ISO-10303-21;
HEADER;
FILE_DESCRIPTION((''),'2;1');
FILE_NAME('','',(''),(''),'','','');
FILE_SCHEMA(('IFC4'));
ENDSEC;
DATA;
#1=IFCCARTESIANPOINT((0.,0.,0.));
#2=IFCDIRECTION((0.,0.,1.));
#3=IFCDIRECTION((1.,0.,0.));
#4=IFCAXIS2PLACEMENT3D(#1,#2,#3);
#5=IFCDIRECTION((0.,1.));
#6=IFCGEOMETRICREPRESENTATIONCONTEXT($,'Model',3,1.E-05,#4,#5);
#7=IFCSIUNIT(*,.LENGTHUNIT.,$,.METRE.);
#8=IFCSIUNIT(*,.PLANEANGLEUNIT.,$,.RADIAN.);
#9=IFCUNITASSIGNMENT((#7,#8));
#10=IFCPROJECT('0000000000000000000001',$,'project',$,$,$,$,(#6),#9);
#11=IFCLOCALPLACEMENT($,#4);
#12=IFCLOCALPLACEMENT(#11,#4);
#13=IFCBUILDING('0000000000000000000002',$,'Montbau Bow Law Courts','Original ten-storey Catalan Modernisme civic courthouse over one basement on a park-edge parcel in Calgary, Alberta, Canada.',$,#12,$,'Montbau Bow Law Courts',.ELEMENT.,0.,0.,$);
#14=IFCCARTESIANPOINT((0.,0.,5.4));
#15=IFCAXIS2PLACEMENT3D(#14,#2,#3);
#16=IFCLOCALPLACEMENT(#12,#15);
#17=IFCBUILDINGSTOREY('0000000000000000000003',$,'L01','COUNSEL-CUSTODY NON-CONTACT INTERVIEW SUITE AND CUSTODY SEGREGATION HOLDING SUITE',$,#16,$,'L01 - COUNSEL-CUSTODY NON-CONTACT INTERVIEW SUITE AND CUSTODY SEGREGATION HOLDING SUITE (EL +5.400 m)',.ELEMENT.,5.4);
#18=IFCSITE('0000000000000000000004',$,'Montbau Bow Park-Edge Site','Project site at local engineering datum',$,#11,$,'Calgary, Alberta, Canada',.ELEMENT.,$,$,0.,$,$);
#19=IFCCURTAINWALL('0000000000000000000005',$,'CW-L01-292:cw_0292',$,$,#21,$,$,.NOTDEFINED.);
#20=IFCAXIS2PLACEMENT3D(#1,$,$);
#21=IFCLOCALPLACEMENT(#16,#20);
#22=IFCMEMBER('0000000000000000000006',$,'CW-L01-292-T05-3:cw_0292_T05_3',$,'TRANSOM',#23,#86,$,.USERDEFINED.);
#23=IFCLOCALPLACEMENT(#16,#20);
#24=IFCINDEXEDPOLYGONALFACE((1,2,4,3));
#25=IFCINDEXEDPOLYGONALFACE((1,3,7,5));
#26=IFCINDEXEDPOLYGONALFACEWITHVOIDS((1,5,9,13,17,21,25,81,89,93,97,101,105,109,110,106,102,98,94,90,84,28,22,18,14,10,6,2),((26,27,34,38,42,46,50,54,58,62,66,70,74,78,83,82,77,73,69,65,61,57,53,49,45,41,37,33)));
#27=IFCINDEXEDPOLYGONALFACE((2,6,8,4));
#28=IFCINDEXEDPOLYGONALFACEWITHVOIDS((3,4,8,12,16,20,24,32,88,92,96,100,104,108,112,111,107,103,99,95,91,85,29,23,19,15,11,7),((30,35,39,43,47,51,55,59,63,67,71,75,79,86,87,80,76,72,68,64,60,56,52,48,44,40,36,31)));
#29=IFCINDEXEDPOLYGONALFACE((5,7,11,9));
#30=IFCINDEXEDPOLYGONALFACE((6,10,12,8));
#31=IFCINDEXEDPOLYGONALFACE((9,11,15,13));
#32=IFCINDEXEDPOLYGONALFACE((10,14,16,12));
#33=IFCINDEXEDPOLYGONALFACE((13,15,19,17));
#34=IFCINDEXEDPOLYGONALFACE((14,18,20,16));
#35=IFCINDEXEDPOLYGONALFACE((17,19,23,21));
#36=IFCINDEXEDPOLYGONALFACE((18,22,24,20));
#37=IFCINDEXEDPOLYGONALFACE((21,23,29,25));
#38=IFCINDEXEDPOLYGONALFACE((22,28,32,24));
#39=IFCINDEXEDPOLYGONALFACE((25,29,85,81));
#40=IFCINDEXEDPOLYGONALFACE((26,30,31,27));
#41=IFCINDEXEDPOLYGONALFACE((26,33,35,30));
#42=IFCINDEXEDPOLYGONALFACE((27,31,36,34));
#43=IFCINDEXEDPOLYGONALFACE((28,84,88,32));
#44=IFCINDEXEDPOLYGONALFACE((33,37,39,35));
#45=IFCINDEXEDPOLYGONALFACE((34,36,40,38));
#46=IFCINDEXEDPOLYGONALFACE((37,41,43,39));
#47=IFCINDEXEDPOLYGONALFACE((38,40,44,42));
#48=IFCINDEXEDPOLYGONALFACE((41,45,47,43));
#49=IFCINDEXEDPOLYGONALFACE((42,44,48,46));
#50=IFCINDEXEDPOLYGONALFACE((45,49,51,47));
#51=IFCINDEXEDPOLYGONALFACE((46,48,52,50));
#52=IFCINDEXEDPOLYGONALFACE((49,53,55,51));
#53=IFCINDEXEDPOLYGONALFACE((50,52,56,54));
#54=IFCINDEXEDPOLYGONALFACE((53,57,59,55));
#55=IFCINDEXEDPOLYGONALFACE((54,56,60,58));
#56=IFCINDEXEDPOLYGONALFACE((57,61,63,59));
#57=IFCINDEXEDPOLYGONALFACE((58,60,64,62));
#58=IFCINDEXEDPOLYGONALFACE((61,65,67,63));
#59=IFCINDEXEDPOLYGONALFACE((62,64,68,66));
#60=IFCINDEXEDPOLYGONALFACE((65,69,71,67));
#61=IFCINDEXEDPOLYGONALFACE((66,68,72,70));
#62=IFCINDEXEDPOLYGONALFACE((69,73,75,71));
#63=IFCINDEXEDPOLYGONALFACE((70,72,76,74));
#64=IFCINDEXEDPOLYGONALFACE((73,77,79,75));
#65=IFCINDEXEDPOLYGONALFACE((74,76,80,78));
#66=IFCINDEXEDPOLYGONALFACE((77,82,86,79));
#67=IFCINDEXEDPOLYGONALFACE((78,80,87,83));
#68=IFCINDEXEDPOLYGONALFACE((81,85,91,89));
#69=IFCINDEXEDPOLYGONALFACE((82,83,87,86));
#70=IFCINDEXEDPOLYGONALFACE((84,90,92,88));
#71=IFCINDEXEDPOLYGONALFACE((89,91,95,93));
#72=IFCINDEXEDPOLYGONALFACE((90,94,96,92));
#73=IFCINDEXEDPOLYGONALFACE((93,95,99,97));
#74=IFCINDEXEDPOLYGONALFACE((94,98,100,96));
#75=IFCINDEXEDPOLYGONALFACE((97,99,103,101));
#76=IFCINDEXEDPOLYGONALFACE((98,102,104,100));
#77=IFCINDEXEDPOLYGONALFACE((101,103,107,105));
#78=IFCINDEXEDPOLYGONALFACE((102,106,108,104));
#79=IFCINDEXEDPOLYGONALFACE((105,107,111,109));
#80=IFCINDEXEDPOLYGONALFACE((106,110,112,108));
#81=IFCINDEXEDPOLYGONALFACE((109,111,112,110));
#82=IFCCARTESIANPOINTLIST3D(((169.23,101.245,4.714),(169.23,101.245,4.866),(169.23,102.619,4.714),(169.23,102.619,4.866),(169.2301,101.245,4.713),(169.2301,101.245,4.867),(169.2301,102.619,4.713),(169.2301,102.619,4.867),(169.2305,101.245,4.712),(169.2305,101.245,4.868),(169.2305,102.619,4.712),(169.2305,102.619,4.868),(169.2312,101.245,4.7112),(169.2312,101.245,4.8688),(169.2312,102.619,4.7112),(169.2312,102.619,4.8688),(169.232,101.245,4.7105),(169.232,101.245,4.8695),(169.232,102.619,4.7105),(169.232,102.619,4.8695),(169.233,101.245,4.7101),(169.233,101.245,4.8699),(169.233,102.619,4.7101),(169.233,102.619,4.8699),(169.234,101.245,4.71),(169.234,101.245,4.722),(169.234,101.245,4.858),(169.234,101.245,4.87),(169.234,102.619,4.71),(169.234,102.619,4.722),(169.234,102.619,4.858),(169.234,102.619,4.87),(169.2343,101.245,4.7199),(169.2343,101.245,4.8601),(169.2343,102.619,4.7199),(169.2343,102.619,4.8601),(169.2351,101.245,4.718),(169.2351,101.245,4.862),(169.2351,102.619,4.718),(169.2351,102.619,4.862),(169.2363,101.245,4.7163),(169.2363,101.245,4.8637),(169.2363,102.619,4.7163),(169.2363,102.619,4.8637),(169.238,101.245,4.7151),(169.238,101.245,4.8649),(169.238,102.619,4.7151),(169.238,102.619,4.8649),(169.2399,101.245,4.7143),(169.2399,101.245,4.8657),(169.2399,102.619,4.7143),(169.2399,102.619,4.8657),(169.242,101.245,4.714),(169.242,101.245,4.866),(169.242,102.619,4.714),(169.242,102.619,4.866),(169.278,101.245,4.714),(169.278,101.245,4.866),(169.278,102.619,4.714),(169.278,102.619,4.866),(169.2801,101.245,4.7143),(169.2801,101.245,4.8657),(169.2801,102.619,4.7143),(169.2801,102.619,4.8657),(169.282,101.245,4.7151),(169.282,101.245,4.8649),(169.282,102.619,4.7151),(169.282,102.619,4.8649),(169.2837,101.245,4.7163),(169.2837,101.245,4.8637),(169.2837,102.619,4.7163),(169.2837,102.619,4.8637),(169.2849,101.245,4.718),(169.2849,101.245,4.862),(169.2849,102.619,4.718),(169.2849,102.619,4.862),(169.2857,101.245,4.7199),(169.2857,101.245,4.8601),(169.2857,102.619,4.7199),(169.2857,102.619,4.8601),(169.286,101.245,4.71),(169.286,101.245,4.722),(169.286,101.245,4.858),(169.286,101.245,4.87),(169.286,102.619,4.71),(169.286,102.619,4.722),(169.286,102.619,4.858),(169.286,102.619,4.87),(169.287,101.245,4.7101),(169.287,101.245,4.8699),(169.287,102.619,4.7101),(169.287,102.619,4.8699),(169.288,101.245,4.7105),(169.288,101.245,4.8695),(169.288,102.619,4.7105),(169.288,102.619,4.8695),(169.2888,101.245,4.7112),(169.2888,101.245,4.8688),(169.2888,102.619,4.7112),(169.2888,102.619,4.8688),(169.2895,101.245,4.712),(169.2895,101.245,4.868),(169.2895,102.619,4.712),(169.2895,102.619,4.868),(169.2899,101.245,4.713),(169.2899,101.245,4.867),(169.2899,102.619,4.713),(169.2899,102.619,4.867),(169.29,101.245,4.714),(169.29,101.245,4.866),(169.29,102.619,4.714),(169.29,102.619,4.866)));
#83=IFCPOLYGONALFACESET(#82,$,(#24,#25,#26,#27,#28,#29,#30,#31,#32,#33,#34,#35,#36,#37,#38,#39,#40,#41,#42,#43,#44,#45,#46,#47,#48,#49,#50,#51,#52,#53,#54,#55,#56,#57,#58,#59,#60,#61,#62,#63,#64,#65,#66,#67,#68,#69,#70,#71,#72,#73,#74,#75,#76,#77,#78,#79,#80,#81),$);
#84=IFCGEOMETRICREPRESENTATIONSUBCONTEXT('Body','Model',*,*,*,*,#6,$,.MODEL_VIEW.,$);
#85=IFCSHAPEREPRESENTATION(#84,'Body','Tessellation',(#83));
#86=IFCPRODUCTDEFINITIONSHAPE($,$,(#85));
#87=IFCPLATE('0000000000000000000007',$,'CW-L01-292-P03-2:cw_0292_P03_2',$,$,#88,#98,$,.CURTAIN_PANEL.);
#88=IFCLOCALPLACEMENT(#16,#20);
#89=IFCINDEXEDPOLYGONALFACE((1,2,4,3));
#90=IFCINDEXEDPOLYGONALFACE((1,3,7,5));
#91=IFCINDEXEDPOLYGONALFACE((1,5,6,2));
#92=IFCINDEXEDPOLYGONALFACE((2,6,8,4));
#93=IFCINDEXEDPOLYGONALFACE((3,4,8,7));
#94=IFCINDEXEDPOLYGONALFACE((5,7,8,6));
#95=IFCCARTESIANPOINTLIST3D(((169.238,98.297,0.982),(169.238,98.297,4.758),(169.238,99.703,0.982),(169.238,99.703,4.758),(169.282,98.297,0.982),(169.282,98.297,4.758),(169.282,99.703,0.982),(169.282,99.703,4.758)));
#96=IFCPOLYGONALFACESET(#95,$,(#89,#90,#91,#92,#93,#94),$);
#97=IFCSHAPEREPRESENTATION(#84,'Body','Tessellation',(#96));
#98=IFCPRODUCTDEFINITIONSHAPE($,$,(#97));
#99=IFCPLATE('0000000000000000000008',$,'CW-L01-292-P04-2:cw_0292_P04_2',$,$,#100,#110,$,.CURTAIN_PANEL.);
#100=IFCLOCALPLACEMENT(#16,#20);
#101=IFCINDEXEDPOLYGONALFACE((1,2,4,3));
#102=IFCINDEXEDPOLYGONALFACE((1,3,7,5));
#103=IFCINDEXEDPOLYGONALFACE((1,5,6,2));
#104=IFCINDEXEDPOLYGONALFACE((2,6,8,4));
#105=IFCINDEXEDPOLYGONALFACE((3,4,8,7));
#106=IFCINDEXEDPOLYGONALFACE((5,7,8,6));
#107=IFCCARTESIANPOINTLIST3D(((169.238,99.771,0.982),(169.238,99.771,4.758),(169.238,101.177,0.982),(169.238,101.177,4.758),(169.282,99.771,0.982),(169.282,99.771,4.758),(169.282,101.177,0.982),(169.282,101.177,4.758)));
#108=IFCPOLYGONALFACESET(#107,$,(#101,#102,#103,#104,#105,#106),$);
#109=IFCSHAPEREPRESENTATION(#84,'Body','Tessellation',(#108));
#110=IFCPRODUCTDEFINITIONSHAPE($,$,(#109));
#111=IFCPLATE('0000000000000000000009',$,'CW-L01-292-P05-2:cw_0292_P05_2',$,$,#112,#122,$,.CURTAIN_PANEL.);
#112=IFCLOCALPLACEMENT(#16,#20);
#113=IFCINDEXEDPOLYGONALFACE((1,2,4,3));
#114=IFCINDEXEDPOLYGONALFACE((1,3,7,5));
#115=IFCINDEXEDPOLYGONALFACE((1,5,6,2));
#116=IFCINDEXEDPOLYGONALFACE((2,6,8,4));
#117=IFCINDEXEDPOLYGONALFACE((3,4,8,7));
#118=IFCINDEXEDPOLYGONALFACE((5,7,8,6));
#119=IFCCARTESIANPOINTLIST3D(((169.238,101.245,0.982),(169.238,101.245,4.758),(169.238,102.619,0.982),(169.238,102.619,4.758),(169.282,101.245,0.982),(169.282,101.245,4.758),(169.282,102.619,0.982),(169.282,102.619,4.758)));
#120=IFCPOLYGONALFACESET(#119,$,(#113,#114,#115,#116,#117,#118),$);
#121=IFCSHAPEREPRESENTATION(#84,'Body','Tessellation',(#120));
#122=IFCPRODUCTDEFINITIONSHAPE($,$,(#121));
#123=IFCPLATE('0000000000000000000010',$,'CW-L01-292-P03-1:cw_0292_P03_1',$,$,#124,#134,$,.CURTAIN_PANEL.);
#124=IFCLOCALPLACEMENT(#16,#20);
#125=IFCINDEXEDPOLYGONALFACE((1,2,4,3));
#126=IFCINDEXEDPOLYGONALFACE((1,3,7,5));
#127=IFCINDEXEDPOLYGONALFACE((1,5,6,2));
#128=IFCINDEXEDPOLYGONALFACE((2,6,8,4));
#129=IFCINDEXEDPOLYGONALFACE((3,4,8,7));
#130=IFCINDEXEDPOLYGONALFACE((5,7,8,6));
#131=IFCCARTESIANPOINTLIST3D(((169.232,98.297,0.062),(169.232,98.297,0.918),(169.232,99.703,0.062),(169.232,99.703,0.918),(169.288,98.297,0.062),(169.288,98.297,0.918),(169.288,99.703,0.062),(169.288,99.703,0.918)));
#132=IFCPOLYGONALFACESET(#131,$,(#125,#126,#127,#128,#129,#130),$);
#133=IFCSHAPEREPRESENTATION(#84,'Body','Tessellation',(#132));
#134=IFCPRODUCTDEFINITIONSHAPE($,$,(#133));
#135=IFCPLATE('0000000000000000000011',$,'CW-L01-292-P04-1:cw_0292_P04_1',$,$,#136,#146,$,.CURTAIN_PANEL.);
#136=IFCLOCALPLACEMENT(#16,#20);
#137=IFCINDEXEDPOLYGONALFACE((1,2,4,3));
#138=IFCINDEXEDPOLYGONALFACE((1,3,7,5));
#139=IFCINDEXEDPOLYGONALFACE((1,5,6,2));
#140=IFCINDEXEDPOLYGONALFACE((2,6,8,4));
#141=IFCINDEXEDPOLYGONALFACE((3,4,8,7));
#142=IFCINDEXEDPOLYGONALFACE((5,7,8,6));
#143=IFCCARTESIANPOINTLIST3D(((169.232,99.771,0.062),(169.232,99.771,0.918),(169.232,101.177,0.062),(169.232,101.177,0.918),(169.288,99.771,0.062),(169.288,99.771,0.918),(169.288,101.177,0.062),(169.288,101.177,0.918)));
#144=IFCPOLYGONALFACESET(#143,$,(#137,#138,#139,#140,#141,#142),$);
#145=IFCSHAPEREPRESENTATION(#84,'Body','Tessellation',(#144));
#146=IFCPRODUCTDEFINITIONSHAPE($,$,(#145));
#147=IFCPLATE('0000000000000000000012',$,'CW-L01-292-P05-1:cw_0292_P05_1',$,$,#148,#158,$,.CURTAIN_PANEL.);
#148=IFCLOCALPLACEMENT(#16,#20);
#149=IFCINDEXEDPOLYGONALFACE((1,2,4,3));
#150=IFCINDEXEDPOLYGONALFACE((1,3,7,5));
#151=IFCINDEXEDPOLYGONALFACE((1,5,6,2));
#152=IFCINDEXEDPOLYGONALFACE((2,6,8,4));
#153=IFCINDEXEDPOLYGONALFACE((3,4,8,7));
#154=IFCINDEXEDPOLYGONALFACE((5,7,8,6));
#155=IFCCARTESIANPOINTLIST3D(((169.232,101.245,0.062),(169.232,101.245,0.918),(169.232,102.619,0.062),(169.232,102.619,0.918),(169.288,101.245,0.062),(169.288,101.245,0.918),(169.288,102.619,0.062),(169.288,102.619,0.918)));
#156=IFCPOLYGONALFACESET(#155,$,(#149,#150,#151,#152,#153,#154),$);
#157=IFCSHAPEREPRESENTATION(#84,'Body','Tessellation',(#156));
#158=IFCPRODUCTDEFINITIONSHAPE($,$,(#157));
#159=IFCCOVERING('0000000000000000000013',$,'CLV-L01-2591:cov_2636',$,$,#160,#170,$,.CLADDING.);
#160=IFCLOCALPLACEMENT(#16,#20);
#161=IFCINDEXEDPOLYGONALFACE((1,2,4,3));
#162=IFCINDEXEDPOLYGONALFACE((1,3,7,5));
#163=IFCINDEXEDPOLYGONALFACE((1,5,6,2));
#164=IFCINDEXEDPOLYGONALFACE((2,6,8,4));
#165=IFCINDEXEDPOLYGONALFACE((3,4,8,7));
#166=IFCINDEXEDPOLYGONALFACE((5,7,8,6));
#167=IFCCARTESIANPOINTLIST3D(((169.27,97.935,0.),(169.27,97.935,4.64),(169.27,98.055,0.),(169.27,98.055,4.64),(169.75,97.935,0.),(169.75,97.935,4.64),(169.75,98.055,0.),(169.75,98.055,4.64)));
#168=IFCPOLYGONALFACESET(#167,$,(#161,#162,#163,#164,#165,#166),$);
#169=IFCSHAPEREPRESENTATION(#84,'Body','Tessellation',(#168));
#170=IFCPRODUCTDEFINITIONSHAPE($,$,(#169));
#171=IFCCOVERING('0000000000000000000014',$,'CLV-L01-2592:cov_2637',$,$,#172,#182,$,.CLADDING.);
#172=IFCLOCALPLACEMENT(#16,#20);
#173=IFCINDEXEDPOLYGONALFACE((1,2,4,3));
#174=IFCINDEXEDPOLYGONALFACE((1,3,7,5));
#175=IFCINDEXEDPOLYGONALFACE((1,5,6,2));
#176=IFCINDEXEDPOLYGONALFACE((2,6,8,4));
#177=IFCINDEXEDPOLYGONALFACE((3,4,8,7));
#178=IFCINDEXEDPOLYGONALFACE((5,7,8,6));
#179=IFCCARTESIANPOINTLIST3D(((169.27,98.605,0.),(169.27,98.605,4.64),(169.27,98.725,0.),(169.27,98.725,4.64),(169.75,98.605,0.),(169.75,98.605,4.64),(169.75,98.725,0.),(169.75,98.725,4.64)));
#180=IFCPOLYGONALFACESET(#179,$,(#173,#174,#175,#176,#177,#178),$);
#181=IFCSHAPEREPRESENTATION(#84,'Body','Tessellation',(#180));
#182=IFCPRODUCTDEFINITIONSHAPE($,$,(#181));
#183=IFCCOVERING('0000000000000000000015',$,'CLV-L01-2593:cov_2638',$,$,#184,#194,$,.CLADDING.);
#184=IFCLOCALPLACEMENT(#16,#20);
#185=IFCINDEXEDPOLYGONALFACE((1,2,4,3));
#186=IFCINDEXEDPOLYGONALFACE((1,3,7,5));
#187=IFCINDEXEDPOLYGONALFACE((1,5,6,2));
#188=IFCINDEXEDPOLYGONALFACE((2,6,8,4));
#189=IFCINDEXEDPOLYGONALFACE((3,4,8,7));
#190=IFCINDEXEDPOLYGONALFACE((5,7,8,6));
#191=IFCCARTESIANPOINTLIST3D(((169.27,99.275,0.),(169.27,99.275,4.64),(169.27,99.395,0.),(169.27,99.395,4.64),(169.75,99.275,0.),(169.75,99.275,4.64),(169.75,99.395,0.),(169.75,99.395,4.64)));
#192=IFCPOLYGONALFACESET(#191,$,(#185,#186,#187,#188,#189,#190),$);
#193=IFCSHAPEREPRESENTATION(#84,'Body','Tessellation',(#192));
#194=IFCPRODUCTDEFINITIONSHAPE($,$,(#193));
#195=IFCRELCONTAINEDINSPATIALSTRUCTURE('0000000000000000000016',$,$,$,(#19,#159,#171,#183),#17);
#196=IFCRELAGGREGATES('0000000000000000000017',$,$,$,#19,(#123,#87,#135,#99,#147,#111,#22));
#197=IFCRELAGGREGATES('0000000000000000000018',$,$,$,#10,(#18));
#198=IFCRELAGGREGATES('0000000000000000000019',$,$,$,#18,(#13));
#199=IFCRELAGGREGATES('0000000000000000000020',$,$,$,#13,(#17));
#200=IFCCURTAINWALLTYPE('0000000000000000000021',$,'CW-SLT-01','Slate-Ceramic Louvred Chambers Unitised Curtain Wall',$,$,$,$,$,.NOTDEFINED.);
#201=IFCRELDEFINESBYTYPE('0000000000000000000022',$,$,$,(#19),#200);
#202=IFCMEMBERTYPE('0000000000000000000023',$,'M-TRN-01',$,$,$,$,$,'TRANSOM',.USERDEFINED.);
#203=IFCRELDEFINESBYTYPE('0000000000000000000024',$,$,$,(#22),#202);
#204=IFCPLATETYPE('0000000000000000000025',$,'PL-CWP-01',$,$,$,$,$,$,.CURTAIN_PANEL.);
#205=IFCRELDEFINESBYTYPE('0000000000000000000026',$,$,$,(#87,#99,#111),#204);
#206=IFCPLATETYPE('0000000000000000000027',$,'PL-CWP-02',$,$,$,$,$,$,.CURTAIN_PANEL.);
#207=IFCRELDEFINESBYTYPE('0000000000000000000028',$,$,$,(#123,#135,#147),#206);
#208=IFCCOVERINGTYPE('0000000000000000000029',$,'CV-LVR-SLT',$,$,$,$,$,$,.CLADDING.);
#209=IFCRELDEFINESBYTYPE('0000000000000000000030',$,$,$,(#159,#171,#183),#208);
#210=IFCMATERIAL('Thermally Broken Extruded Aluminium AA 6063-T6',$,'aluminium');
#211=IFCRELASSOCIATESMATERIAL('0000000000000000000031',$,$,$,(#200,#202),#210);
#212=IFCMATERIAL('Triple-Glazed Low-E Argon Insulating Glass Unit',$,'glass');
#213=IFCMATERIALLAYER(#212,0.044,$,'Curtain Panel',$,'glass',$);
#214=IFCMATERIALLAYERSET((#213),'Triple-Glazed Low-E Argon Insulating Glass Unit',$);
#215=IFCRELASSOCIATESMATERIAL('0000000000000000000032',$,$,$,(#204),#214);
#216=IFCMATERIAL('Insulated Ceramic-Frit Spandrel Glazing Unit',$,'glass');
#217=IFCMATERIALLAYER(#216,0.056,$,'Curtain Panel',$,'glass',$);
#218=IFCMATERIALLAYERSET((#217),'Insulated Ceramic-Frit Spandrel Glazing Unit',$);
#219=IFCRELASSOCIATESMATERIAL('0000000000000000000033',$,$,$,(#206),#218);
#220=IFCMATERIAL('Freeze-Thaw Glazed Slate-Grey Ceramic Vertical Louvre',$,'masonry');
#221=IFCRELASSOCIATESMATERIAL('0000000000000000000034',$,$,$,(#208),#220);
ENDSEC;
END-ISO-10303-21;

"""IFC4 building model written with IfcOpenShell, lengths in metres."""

from ifc_helpers import new_model, si_unit, direction, frame, frame_2d, origin_with_axes, origin_2d_with_axis, place, context, subcontext, project, spatial, rectangle, hollow_rectangle, extrude, material, layer, layer_set, material_profile, profile_set, type_object, element, aggregate, save


model = new_model("IFC4")

# Units and contexts
model_context = context("Model", 3, precision=1e-05, world=origin_with_axes(), true_north=direction((0.0, 1.0)))
body_context = subcontext(model_context, "Body", "Model", "MODEL_VIEW")
ifc_project = project(units=[si_unit("LENGTHUNIT", "METRE"), si_unit("PLANEANGLEUNIT", "RADIAN")], contexts=[model_context])

# Site, building, storey
site_placement = place(None, origin_with_axes())
site = spatial("IfcSite", under=ifc_project, at=site_placement, Name="Montbau Bow Park-Edge Site", Description="Project site at local engineering datum", LongName="Calgary, Alberta, Canada", CompositionType="ELEMENT", RefElevation=0.0)
building_placement = place(site_placement, origin_with_axes())
building = spatial("IfcBuilding", under=site, at=building_placement, Name="Montbau Bow Law Courts", Description="Original ten-storey Catalan Modernisme civic courthouse over one basement on a park-edge parcel in Calgary, Alberta, Canada.", LongName="Montbau Bow Law Courts", CompositionType="ELEMENT", ElevationOfRefHeight=0.0, ElevationOfTerrain=0.0)
storey_placement = place(building_placement, frame((0.0, 0.0, 5.4), z_axis=(0.0, 0.0, 1.0), x_axis=(1.0, 0.0, 0.0)))
storey = spatial("IfcBuildingStorey", under=building, at=storey_placement, Name="L01", Description="COUNSEL-CUSTODY NON-CONTACT INTERVIEW SUITE AND CUSTODY SEGREGATION HOLDING SUITE", LongName="L01 - COUNSEL-CUSTODY NON-CONTACT INTERVIEW SUITE AND CUSTODY SEGREGATION HOLDING SUITE (EL +5.400 m)", CompositionType="ELEMENT", Elevation=5.4)

# Curtain wall, member, plates
ifc_material_1 = material(Name="Thermally Broken Extruded Aluminium AA 6063-T6", Category="aluminium")
curtain_wall_type = type_object("IfcCurtainWallType", Name="CW-SLT-01", Description="Slate-Ceramic Louvred Chambers Unitised Curtain Wall", PredefinedType="NOTDEFINED", material=ifc_material_1)
curtain_wall_placement = place(None, frame((169.26, 95.315, 5.4), z_axis=(0.0, 0.0, 1.0), x_axis=(1.0, 0.0, 0.0)))
curtain_wall = element("IfcCurtainWall", 1, at=curtain_wall_placement, inside=storey, type_object=curtain_wall_type, Name="CW-L01-292:cw_0292", PredefinedType="NOTDEFINED")
ifc_material_profile_1 = material_profile(ifc_material_1, hollow_rectangle(XDim=0.06, YDim=0.16, WallThickness=0.004, InnerFilletRadius=0.008, OuterFilletRadius=0.004, at=origin_2d_with_axis()), Name="CWT-160X60", Category="Main", Priority=0)
ifc_profile_set_1 = profile_set([ifc_material_profile_1], Name="Thermally Broken Extruded Aluminium AA 6063-T6")
member_type_1 = type_object("IfcMemberType", Name="M-TRN-01", ElementType="TRANSOM", PredefinedType="USERDEFINED", material=ifc_profile_set_1)
member_1_placement = place(None, frame((169.26, 101.245, 10.19), z_axis=(0.0, 1.0, 0.0), x_axis=(-1.0, 0.0, 0.0)))
member_1 = element("IfcMember", 2, at=member_1_placement, type_object=member_type_1, Name="CW-L01-292-T05-3:cw_0292_T05_3", ObjectType="TRANSOM", PredefinedType="USERDEFINED", context=body_context, shape_type="SweptSolid", body=[
    extrude(hollow_rectangle(XDim=0.06, YDim=0.16, WallThickness=0.004, InnerFilletRadius=0.008, OuterFilletRadius=0.004, at=origin_2d_with_axis()), origin_with_axes(), (0.0, 0.0, 1.0), 1.374),
])
ifc_material_2 = material(Name="Triple-Glazed Low-E Argon Insulating Glass Unit", Category="glass")
ifc_layer_1 = layer(ifc_material_2, 0.044, Name="Curtain Panel", Category="glass")
ifc_layer_set_1 = layer_set([ifc_layer_1], Name="Triple-Glazed Low-E Argon Insulating Glass Unit")
plate_type_1 = type_object("IfcPlateType", Name="PL-CWP-01", PredefinedType="CURTAIN_PANEL", material=ifc_layer_set_1)
plate_1_placement = place(None, frame((169.26, 98.297, 6.382), z_axis=(1.0, 0.0, 0.0), x_axis=(0.0, 1.0, 0.0)))
plate_1 = element("IfcPlate", 3, at=plate_1_placement, type_object=plate_type_1, Name="CW-L01-292-P03-2:cw_0292_P03_2", PredefinedType="CURTAIN_PANEL", context=body_context, shape_type="SweptSolid", body=[
    extrude(rectangle(XDim=1.406, YDim=3.776, at=frame_2d((0.703, 1.888), x_axis=(1.0, 0.0))), frame((0.0, 0.0, -0.022), z_axis=(0.0, 0.0, 1.0), x_axis=(1.0, 0.0, 0.0)), (0.0, 0.0, 1.0), 0.044),
])
plate_2_placement = place(None, frame((169.26, 99.771, 6.382), z_axis=(1.0, 0.0, 0.0), x_axis=(0.0, 1.0, 0.0)))
plate_2 = element("IfcPlate", 4, at=plate_2_placement, type_object=plate_type_1, Name="CW-L01-292-P04-2:cw_0292_P04_2", PredefinedType="CURTAIN_PANEL", context=body_context, shape_type="SweptSolid", body=[
    extrude(rectangle(XDim=1.406, YDim=3.776, at=frame_2d((0.703, 1.888), x_axis=(1.0, 0.0))), frame((0.0, 0.0, -0.022), z_axis=(0.0, 0.0, 1.0), x_axis=(1.0, 0.0, 0.0)), (0.0, 0.0, 1.0), 0.044),
])
plate_3_placement = place(None, frame((169.26, 101.245, 6.382), z_axis=(1.0, 0.0, 0.0), x_axis=(0.0, 1.0, 0.0)))
plate_3 = element("IfcPlate", 5, at=plate_3_placement, type_object=plate_type_1, Name="CW-L01-292-P05-2:cw_0292_P05_2", PredefinedType="CURTAIN_PANEL", context=body_context, shape_type="SweptSolid", body=[
    extrude(rectangle(XDim=1.374, YDim=3.776, at=frame_2d((0.687, 1.888), x_axis=(1.0, 0.0))), frame((0.0, 0.0, -0.022), z_axis=(0.0, 0.0, 1.0), x_axis=(1.0, 0.0, 0.0)), (0.0, 0.0, 1.0), 0.044),
])
ifc_material_3 = material(Name="Insulated Ceramic-Frit Spandrel Glazing Unit", Category="glass")
ifc_layer_2 = layer(ifc_material_3, 0.056, Name="Curtain Panel", Category="glass")
ifc_layer_set_2 = layer_set([ifc_layer_2], Name="Insulated Ceramic-Frit Spandrel Glazing Unit")
plate_type_2 = type_object("IfcPlateType", Name="PL-CWP-02", PredefinedType="CURTAIN_PANEL", material=ifc_layer_set_2)
plate_4_placement = place(None, frame((169.26, 98.297, 5.462), z_axis=(1.0, 0.0, 0.0), x_axis=(0.0, 1.0, 0.0)))
plate_4 = element("IfcPlate", 6, at=plate_4_placement, type_object=plate_type_2, Name="CW-L01-292-P03-1:cw_0292_P03_1", PredefinedType="CURTAIN_PANEL", context=body_context, shape_type="SweptSolid", body=[
    extrude(rectangle(XDim=1.406, YDim=0.856, at=frame_2d((0.703, 0.428), x_axis=(1.0, 0.0))), frame((0.0, 0.0, -0.028), z_axis=(0.0, 0.0, 1.0), x_axis=(1.0, 0.0, 0.0)), (0.0, 0.0, 1.0), 0.056),
])
plate_5_placement = place(None, frame((169.26, 99.771, 5.462), z_axis=(1.0, 0.0, 0.0), x_axis=(0.0, 1.0, 0.0)))
plate_5 = element("IfcPlate", 7, at=plate_5_placement, type_object=plate_type_2, Name="CW-L01-292-P04-1:cw_0292_P04_1", PredefinedType="CURTAIN_PANEL", context=body_context, shape_type="SweptSolid", body=[
    extrude(rectangle(XDim=1.406, YDim=0.856, at=frame_2d((0.703, 0.428), x_axis=(1.0, 0.0))), frame((0.0, 0.0, -0.028), z_axis=(0.0, 0.0, 1.0), x_axis=(1.0, 0.0, 0.0)), (0.0, 0.0, 1.0), 0.056),
])
plate_6_placement = place(None, frame((169.26, 101.245, 5.462), z_axis=(1.0, 0.0, 0.0), x_axis=(0.0, 1.0, 0.0)))
plate_6 = element("IfcPlate", 8, at=plate_6_placement, type_object=plate_type_2, Name="CW-L01-292-P05-1:cw_0292_P05_1", PredefinedType="CURTAIN_PANEL", context=body_context, shape_type="SweptSolid", body=[
    extrude(rectangle(XDim=1.374, YDim=0.856, at=frame_2d((0.687, 0.428), x_axis=(1.0, 0.0))), frame((0.0, 0.0, -0.028), z_axis=(0.0, 0.0, 1.0), x_axis=(1.0, 0.0, 0.0)), (0.0, 0.0, 1.0), 0.056),
])
aggregate(curtain_wall, [plate_4, plate_1, plate_5, plate_2, plate_6, plate_3, member_1])

# Coverings
ifc_material_4 = material(Name="Freeze-Thaw Glazed Slate-Grey Ceramic Vertical Louvre", Category="masonry")
covering_type = type_object("IfcCoveringType", Name="CV-LVR-SLT", PredefinedType="CLADDING", material=ifc_material_4)
for number, where, z_axis, x_axis, name in (
    (9, (169.27, 97.995, 5.4), (0.0, -1.0, 0.0), (1.0, 0.0, 0.0), "CLV-L01-2591:cov_2636"),
    (10, (169.27, 98.665, 5.4), (0.0, -1.0, 0.0), (1.0, 0.0, 0.0), "CLV-L01-2592:cov_2637"),
    (11, (169.27, 99.335, 5.4), (0.0, -1.0, 0.0), (1.0, 0.0, 0.0), "CLV-L01-2593:cov_2638"),
):
    element("IfcCovering", number, at=place(None, frame(where, z_axis=z_axis, x_axis=x_axis)), inside=storey, type_object=covering_type, Name=name, PredefinedType="CLADDING", context=body_context, shape_type="SweptSolid", body=[
        extrude(rectangle(XDim=0.48, YDim=4.64, at=frame_2d((0.24, 2.32), x_axis=(1.0, 0.0))), frame((0.0, 0.0, -0.06), z_axis=(0.0, 0.0, 1.0), x_axis=(1.0, 0.0, 0.0)), (0.0, 0.0, 1.0), 0.12),
    ])

save(model, "model.ifc")
